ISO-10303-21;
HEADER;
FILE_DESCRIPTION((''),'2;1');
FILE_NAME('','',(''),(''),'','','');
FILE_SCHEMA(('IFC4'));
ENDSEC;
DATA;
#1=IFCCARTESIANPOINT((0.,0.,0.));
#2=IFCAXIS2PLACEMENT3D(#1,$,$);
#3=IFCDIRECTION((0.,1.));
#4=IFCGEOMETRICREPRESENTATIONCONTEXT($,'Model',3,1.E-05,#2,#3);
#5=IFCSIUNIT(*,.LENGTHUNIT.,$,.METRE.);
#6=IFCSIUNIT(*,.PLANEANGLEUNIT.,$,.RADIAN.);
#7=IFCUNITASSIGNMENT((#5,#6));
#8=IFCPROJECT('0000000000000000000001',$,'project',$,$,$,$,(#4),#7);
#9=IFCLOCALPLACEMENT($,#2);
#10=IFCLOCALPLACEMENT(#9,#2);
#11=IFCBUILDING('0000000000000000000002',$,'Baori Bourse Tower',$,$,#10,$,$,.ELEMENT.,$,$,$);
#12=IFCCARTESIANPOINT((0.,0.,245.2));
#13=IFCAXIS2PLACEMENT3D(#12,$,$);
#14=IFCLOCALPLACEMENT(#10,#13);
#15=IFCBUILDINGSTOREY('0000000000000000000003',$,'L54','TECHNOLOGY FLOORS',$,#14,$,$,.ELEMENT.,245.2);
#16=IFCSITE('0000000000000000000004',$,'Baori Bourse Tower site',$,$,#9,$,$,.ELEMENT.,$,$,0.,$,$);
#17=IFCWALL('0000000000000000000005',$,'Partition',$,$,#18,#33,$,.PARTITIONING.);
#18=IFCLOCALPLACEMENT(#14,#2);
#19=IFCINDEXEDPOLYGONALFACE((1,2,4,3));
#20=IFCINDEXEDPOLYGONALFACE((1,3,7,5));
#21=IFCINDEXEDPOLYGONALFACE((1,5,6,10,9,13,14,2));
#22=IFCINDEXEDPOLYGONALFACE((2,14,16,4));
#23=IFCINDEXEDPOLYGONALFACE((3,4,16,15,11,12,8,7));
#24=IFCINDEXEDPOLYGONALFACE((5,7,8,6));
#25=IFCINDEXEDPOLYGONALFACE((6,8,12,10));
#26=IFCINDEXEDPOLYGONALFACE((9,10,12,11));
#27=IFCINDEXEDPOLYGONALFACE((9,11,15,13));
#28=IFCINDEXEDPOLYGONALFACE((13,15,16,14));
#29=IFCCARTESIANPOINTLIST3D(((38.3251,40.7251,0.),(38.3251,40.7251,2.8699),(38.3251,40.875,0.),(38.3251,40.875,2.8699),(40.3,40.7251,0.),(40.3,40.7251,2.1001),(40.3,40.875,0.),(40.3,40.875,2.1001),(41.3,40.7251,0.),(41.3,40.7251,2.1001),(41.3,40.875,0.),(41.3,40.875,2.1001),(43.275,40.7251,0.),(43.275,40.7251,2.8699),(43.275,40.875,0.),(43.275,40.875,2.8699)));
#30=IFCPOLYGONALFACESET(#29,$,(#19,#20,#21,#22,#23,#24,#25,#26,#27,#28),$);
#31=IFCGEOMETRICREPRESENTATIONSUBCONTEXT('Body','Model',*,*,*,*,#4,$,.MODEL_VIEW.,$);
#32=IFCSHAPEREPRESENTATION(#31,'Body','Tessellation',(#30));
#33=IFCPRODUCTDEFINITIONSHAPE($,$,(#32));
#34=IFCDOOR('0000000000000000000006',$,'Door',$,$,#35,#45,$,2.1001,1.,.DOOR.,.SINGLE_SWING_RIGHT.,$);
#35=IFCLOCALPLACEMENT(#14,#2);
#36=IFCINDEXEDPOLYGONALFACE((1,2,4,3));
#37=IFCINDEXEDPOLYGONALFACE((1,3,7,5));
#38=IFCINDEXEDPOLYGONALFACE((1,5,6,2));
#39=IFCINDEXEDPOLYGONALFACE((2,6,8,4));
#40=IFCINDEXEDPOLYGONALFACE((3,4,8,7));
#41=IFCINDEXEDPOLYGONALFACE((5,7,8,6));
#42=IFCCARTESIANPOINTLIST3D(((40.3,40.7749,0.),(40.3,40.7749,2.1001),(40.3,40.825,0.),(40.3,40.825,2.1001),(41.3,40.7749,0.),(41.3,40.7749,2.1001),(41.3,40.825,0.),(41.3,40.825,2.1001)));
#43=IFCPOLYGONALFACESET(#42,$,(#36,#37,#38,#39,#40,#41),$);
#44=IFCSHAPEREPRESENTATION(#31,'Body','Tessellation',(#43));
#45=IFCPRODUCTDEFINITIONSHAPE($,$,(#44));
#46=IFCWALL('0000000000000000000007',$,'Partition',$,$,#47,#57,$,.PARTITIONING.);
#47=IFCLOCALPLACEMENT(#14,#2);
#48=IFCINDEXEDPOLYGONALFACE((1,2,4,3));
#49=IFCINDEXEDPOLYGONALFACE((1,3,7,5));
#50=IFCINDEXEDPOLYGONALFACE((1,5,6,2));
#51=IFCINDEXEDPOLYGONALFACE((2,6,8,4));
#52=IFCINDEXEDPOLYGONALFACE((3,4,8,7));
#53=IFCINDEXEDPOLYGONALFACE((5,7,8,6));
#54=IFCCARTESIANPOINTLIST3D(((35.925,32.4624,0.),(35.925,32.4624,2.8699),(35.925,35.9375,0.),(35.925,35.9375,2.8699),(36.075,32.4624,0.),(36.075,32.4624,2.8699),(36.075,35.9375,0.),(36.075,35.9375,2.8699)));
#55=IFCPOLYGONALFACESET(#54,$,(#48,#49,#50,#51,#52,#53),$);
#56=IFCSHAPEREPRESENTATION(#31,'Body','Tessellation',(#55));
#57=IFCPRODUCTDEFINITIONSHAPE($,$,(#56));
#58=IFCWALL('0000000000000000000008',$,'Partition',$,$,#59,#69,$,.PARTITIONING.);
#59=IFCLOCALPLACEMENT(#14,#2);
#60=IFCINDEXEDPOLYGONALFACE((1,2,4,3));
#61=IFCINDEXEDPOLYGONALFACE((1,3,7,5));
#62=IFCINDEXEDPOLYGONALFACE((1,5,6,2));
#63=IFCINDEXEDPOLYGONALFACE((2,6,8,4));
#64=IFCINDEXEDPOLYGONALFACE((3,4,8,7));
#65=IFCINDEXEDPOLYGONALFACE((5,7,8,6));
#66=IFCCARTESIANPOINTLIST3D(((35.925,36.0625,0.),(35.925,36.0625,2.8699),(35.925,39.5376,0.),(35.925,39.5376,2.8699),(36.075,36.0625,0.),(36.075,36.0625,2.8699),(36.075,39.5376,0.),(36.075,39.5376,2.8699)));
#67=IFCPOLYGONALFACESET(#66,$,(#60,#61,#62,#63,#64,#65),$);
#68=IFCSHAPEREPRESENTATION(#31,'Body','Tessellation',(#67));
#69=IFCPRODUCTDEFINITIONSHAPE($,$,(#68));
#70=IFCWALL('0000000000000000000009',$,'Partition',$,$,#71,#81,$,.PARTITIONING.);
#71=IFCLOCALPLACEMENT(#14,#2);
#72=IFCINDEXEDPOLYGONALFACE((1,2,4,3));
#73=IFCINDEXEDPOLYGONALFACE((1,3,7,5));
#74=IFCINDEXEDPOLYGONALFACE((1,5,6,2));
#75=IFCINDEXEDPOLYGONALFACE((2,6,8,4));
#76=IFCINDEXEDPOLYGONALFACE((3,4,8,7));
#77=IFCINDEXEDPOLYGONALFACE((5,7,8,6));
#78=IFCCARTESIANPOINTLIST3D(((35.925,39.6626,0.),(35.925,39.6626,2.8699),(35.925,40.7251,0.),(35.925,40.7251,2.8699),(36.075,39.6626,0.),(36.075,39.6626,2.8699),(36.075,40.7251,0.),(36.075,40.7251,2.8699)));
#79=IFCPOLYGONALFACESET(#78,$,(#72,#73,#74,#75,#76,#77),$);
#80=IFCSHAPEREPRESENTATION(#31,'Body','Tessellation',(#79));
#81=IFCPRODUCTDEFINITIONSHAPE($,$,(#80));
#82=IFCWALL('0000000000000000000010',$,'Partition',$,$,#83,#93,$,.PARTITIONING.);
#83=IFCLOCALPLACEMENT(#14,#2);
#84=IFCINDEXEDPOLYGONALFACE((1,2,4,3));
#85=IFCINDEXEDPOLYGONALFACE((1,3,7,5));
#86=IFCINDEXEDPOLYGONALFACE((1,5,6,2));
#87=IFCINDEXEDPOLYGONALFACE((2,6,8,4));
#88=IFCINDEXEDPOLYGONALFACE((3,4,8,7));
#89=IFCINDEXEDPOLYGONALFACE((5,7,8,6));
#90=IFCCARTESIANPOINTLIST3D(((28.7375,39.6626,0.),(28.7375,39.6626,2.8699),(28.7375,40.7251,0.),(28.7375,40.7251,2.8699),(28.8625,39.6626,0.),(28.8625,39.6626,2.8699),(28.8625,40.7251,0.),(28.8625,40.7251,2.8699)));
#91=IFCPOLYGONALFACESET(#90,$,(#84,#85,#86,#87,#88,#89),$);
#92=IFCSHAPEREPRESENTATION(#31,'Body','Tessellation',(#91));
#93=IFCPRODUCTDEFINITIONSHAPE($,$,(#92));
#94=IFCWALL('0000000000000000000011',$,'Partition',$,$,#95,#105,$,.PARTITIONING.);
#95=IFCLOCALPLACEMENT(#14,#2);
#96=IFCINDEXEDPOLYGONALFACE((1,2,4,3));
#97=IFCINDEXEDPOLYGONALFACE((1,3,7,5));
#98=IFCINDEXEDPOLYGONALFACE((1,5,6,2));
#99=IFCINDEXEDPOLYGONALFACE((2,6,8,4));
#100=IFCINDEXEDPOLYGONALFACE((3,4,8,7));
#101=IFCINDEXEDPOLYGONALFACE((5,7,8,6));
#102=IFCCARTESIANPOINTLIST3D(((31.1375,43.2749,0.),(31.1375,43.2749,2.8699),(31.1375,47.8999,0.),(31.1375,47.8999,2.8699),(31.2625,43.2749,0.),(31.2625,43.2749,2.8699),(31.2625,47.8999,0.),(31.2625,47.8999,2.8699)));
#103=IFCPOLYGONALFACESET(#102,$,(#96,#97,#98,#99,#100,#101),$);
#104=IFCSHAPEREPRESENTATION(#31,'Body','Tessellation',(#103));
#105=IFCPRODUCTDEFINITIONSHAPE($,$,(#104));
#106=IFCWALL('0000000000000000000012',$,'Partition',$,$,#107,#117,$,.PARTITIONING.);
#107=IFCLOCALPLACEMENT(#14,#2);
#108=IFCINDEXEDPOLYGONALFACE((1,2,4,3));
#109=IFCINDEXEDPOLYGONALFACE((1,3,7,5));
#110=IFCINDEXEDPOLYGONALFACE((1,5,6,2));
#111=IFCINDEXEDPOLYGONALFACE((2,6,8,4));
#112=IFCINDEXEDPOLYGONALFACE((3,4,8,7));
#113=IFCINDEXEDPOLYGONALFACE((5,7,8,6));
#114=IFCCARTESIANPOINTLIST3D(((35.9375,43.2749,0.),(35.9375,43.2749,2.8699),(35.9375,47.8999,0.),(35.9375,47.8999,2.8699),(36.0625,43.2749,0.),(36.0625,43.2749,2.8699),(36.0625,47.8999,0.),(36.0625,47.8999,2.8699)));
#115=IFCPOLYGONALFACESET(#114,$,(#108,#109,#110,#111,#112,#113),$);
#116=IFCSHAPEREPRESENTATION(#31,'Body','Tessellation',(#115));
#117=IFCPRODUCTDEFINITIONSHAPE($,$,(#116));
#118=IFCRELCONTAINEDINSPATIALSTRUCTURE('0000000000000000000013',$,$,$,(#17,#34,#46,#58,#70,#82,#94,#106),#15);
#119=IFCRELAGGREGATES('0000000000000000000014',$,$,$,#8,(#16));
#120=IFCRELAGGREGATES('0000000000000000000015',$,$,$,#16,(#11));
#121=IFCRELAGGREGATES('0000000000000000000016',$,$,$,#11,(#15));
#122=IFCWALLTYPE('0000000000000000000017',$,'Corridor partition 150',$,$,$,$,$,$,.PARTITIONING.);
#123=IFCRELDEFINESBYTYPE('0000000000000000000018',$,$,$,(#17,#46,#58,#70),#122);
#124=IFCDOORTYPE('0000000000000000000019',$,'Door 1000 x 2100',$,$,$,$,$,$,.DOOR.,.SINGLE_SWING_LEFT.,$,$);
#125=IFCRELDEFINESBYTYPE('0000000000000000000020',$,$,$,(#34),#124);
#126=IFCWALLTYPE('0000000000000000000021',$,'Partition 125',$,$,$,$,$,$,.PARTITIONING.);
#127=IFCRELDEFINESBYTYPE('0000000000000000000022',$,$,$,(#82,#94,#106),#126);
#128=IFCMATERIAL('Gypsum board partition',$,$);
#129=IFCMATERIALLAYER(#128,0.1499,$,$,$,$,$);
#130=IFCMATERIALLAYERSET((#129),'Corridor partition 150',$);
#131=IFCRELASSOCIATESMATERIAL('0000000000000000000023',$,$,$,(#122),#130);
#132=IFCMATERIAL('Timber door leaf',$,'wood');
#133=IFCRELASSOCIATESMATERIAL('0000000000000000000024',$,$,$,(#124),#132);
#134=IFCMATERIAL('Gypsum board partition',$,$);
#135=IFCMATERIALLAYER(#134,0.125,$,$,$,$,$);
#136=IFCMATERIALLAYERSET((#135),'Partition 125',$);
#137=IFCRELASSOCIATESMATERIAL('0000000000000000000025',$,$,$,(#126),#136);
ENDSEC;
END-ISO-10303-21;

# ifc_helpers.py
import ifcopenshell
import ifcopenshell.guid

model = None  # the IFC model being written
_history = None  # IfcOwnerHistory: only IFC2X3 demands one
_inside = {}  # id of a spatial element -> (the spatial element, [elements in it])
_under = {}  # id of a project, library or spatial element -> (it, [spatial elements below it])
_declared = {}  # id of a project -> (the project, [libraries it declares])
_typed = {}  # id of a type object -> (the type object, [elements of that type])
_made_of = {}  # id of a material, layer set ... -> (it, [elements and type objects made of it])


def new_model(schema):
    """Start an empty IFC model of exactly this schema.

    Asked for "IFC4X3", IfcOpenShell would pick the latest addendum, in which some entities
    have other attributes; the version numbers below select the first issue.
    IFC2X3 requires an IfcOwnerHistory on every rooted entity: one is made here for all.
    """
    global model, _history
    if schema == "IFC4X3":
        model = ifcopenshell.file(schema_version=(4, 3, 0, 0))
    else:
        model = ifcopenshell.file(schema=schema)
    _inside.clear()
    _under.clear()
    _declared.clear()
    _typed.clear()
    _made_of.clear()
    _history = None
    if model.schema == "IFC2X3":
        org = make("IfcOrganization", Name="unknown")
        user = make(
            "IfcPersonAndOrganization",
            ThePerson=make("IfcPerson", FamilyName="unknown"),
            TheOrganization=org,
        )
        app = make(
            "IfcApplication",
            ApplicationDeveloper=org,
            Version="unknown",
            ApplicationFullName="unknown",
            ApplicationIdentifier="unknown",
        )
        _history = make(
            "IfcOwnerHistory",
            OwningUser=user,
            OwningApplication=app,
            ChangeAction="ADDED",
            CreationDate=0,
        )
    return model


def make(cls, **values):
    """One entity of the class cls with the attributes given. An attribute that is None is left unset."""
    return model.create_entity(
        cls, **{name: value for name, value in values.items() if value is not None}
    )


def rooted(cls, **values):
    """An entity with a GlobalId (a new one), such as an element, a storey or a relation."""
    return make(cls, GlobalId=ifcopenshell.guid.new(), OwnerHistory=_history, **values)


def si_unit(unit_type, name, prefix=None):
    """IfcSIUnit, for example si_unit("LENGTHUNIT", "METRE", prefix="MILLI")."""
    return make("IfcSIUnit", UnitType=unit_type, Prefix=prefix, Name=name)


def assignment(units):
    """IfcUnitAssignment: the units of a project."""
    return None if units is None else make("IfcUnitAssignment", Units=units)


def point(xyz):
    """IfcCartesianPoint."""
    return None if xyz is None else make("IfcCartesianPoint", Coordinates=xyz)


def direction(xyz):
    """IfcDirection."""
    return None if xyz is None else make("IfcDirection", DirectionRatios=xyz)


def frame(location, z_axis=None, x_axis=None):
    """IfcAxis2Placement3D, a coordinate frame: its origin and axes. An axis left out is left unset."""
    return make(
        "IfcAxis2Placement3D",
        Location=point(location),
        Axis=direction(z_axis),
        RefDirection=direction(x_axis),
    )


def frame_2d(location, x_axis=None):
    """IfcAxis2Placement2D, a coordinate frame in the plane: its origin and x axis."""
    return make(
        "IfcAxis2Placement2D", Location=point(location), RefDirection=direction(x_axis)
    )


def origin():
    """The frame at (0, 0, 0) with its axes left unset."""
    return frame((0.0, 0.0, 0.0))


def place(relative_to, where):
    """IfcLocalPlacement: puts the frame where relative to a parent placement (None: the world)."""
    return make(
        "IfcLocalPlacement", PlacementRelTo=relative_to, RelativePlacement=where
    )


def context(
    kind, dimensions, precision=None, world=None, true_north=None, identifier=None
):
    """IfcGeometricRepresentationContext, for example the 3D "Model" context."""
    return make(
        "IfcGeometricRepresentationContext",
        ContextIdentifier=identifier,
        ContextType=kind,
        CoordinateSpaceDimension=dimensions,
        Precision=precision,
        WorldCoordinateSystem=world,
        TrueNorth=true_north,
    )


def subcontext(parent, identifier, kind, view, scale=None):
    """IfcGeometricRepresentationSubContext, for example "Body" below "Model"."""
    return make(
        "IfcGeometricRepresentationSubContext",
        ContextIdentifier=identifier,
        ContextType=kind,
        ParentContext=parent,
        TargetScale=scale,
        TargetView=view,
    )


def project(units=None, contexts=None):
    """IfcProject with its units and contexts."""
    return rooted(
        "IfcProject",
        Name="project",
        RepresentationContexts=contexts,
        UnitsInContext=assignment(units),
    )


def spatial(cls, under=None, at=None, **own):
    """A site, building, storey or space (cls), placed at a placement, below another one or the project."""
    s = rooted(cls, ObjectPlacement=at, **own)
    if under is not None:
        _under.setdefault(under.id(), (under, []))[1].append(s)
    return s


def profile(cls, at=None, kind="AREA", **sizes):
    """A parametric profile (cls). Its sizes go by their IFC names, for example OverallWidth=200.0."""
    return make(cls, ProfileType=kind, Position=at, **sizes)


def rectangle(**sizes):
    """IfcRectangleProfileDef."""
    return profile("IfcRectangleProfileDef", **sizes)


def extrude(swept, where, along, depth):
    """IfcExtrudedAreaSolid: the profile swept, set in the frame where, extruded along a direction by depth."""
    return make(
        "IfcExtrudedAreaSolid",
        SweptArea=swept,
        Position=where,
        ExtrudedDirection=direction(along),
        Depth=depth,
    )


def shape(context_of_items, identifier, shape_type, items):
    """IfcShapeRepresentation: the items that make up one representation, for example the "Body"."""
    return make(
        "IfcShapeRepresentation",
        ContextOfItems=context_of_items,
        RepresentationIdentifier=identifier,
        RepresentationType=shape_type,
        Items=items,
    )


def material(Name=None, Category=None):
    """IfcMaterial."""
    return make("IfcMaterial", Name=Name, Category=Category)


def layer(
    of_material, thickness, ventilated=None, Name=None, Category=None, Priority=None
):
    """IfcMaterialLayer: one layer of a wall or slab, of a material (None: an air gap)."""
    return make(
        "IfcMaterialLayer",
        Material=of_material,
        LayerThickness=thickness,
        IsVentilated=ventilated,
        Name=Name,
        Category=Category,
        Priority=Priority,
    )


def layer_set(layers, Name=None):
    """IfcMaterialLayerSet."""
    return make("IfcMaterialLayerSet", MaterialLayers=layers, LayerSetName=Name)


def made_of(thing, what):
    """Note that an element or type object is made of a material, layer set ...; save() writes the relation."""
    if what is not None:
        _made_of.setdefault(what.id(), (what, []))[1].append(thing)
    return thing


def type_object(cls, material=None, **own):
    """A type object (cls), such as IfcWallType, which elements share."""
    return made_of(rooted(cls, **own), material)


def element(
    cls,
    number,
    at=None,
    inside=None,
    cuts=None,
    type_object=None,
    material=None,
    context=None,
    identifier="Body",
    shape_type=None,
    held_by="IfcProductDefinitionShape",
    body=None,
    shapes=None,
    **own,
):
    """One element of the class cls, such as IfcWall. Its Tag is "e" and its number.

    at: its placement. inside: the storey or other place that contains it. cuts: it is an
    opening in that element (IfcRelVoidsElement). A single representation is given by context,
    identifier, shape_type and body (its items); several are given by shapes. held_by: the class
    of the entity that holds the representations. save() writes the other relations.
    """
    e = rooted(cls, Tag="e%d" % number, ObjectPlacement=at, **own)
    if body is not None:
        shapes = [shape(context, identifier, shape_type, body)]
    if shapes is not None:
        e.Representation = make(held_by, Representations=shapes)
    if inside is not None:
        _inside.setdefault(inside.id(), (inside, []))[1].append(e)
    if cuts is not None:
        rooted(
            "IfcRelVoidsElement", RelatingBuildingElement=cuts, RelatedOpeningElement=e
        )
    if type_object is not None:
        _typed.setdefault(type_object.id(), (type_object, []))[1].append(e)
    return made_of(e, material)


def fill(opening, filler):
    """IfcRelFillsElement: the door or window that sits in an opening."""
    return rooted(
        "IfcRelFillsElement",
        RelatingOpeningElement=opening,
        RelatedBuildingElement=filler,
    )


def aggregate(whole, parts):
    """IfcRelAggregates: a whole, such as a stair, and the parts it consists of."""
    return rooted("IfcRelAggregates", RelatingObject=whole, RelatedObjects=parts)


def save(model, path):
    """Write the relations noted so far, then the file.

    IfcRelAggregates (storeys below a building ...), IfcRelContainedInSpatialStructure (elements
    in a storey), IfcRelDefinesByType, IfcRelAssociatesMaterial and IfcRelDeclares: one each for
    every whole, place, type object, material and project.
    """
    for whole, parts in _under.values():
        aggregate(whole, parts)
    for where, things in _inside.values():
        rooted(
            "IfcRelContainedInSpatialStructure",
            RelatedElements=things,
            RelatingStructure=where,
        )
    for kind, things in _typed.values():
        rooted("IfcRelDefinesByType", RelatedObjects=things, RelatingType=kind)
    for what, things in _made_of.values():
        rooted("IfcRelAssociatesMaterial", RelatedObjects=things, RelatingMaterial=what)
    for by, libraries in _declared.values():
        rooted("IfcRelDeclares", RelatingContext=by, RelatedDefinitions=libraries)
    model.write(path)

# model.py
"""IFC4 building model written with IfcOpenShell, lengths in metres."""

from ifc_helpers import new_model, si_unit, direction, frame, frame_2d, origin, place, context, subcontext, project, spatial, rectangle, extrude, material, layer, layer_set, type_object, element, fill, save


model = new_model("IFC4")

# Units and contexts
model_context = context("Model", 3, precision=1e-05, world=origin(), true_north=direction((0.0, 1.0)))
body_context = subcontext(model_context, "Body", "Model", "MODEL_VIEW")
ifc_project = project(units=[si_unit("LENGTHUNIT", "METRE"), si_unit("PLANEANGLEUNIT", "RADIAN")], contexts=[model_context])

# Site, building, storey
site_placement = place(None, origin())
site = spatial("IfcSite", under=ifc_project, at=site_placement, Name="Baori Bourse Tower site", CompositionType="ELEMENT", RefElevation=0.0)
building_placement = place(site_placement, origin())
building = spatial("IfcBuilding", under=site, at=building_placement, Name="Baori Bourse Tower", CompositionType="ELEMENT")
storey_placement = place(building_placement, frame((0.0, 0.0, 245.2)))
storey = spatial("IfcBuildingStorey", under=building, at=storey_placement, Name="L54", Description="TECHNOLOGY FLOORS", CompositionType="ELEMENT", Elevation=245.2)

# Wall, opening, door
ifc_material_1 = material(Name="Gypsum board partition")
ifc_layer_1 = layer(ifc_material_1, 0.1499)
ifc_layer_set_1 = layer_set([ifc_layer_1], Name="Corridor partition 150")
wall_type_1 = type_object("IfcWallType", Name="Corridor partition 150", PredefinedType="PARTITIONING", material=ifc_layer_set_1)
wall_1_placement = place(storey_placement, frame((38.325, 40.8, 0.0), z_axis=(0.0, 0.0, 1.0), x_axis=(1.0, 0.0, 0.0)))
wall_1 = element("IfcWall", 1, at=wall_1_placement, inside=storey, type_object=wall_type_1, Name="Partition", PredefinedType="PARTITIONING", context=body_context, shape_type="SweptSolid", body=[
    extrude(rectangle(XDim=4.95, YDim=0.1499, at=frame_2d((2.4751, 0.0))), origin(), (0.0, 0.0, 1.0), 2.8699),
])
opening_placement = place(wall_1_placement, frame((1.9751, 0.0, 0.0)))
opening = element("IfcOpeningElement", 2, at=opening_placement, cuts=wall_1, PredefinedType="OPENING", context=body_context, shape_type="SweptSolid", body=[
    extrude(rectangle(XDim=1.0, YDim=2.1001, at=frame_2d((0.5, 1.05))), frame((0.0, 0.085, 0.0), z_axis=(0.0, -1.0, 0.0), x_axis=(1.0, 0.0, 0.0)), (0.0, 0.0, 1.0), 0.1699),
])
ifc_material_2 = material(Name="Timber door leaf", Category="wood")
door_type = type_object("IfcDoorType", Name="Door 1000 x 2100", OperationType="SINGLE_SWING_LEFT", PredefinedType="DOOR", material=ifc_material_2)
door_placement = place(opening_placement, origin())
door = element("IfcDoor", 3, at=door_placement, inside=storey, type_object=door_type, Name="Door", OperationType="SINGLE_SWING_RIGHT", OverallHeight=2.1001, OverallWidth=1.0, PredefinedType="DOOR", context=body_context, shape_type="SweptSolid", body=[
    extrude(rectangle(XDim=1.0, YDim=2.1001, at=frame_2d((0.5, 1.05))), frame((0.0, 0.0249, 0.0), z_axis=(0.0, -1.0, 0.0), x_axis=(1.0, 0.0, 0.0)), (0.0, 0.0, 1.0), 0.05),
])
fill(opening, door)

# Walls
for number, where, z_axis, x_axis, name in (
    (4, (36.0, 32.4624, 0.0), (0.0, 0.0, 1.0), (0.0, 1.0, 0.0), "Partition"),
    (5, (36.0, 36.0625, 0.0), (0.0, 0.0, 1.0), (0.0, 1.0, 0.0), "Partition"),
):
    element("IfcWall", number, at=place(storey_placement, frame(where, z_axis=z_axis, x_axis=x_axis)), inside=storey, type_object=wall_type_1, Name=name, PredefinedType="PARTITIONING", context=body_context, shape_type="SweptSolid", body=[
        extrude(rectangle(XDim=3.4751, YDim=0.1499, at=frame_2d((1.7375, 0.0))), origin(), (0.0, 0.0, 1.0), 2.8699),
    ])
wall_2_placement = place(storey_placement, frame((36.0, 39.6626, 0.0), z_axis=(0.0, 0.0, 1.0), x_axis=(0.0, 1.0, 0.0)))
element("IfcWall", 6, at=wall_2_placement, inside=storey, type_object=wall_type_1, Name="Partition", PredefinedType="PARTITIONING", context=body_context, shape_type="SweptSolid", body=[
    extrude(rectangle(XDim=1.0625, YDim=0.1499, at=frame_2d((0.5312, 0.0))), origin(), (0.0, 0.0, 1.0), 2.8699),
])
ifc_material_3 = material(Name="Gypsum board partition")
ifc_layer_2 = layer(ifc_material_3, 0.125)
ifc_layer_set_2 = layer_set([ifc_layer_2], Name="Partition 125")
wall_type_2 = type_object("IfcWallType", Name="Partition 125", PredefinedType="PARTITIONING", material=ifc_layer_set_2)
wall_3_placement = place(storey_placement, frame((28.8, 39.6626, 0.0), z_axis=(0.0, 0.0, 1.0), x_axis=(0.0, 1.0, 0.0)))
element("IfcWall", 7, at=wall_3_placement, inside=storey, type_object=wall_type_2, Name="Partition", PredefinedType="PARTITIONING", context=body_context, shape_type="SweptSolid", body=[
    extrude(rectangle(XDim=1.0625, YDim=0.125, at=frame_2d((0.5312, 0.0))), origin(), (0.0, 0.0, 1.0), 2.8699),
])
for number, where, z_axis, x_axis, name in (
    (8, (31.2, 43.2749, 0.0), (0.0, 0.0, 1.0), (0.0, 1.0, 0.0), "Partition"),
    (9, (36.0, 43.2749, 0.0), (0.0, 0.0, 1.0), (0.0, 1.0, 0.0), "Partition"),
):
    element("IfcWall", number, at=place(storey_placement, frame(where, z_axis=z_axis, x_axis=x_axis)), inside=storey, type_object=wall_type_2, Name=name, PredefinedType="PARTITIONING", context=body_context, shape_type="SweptSolid", body=[
        extrude(rectangle(XDim=4.625, YDim=0.125, at=frame_2d((2.3125, 0.0))), origin(), (0.0, 0.0, 1.0), 2.8699),
    ])

save(model, "model.ifc")
